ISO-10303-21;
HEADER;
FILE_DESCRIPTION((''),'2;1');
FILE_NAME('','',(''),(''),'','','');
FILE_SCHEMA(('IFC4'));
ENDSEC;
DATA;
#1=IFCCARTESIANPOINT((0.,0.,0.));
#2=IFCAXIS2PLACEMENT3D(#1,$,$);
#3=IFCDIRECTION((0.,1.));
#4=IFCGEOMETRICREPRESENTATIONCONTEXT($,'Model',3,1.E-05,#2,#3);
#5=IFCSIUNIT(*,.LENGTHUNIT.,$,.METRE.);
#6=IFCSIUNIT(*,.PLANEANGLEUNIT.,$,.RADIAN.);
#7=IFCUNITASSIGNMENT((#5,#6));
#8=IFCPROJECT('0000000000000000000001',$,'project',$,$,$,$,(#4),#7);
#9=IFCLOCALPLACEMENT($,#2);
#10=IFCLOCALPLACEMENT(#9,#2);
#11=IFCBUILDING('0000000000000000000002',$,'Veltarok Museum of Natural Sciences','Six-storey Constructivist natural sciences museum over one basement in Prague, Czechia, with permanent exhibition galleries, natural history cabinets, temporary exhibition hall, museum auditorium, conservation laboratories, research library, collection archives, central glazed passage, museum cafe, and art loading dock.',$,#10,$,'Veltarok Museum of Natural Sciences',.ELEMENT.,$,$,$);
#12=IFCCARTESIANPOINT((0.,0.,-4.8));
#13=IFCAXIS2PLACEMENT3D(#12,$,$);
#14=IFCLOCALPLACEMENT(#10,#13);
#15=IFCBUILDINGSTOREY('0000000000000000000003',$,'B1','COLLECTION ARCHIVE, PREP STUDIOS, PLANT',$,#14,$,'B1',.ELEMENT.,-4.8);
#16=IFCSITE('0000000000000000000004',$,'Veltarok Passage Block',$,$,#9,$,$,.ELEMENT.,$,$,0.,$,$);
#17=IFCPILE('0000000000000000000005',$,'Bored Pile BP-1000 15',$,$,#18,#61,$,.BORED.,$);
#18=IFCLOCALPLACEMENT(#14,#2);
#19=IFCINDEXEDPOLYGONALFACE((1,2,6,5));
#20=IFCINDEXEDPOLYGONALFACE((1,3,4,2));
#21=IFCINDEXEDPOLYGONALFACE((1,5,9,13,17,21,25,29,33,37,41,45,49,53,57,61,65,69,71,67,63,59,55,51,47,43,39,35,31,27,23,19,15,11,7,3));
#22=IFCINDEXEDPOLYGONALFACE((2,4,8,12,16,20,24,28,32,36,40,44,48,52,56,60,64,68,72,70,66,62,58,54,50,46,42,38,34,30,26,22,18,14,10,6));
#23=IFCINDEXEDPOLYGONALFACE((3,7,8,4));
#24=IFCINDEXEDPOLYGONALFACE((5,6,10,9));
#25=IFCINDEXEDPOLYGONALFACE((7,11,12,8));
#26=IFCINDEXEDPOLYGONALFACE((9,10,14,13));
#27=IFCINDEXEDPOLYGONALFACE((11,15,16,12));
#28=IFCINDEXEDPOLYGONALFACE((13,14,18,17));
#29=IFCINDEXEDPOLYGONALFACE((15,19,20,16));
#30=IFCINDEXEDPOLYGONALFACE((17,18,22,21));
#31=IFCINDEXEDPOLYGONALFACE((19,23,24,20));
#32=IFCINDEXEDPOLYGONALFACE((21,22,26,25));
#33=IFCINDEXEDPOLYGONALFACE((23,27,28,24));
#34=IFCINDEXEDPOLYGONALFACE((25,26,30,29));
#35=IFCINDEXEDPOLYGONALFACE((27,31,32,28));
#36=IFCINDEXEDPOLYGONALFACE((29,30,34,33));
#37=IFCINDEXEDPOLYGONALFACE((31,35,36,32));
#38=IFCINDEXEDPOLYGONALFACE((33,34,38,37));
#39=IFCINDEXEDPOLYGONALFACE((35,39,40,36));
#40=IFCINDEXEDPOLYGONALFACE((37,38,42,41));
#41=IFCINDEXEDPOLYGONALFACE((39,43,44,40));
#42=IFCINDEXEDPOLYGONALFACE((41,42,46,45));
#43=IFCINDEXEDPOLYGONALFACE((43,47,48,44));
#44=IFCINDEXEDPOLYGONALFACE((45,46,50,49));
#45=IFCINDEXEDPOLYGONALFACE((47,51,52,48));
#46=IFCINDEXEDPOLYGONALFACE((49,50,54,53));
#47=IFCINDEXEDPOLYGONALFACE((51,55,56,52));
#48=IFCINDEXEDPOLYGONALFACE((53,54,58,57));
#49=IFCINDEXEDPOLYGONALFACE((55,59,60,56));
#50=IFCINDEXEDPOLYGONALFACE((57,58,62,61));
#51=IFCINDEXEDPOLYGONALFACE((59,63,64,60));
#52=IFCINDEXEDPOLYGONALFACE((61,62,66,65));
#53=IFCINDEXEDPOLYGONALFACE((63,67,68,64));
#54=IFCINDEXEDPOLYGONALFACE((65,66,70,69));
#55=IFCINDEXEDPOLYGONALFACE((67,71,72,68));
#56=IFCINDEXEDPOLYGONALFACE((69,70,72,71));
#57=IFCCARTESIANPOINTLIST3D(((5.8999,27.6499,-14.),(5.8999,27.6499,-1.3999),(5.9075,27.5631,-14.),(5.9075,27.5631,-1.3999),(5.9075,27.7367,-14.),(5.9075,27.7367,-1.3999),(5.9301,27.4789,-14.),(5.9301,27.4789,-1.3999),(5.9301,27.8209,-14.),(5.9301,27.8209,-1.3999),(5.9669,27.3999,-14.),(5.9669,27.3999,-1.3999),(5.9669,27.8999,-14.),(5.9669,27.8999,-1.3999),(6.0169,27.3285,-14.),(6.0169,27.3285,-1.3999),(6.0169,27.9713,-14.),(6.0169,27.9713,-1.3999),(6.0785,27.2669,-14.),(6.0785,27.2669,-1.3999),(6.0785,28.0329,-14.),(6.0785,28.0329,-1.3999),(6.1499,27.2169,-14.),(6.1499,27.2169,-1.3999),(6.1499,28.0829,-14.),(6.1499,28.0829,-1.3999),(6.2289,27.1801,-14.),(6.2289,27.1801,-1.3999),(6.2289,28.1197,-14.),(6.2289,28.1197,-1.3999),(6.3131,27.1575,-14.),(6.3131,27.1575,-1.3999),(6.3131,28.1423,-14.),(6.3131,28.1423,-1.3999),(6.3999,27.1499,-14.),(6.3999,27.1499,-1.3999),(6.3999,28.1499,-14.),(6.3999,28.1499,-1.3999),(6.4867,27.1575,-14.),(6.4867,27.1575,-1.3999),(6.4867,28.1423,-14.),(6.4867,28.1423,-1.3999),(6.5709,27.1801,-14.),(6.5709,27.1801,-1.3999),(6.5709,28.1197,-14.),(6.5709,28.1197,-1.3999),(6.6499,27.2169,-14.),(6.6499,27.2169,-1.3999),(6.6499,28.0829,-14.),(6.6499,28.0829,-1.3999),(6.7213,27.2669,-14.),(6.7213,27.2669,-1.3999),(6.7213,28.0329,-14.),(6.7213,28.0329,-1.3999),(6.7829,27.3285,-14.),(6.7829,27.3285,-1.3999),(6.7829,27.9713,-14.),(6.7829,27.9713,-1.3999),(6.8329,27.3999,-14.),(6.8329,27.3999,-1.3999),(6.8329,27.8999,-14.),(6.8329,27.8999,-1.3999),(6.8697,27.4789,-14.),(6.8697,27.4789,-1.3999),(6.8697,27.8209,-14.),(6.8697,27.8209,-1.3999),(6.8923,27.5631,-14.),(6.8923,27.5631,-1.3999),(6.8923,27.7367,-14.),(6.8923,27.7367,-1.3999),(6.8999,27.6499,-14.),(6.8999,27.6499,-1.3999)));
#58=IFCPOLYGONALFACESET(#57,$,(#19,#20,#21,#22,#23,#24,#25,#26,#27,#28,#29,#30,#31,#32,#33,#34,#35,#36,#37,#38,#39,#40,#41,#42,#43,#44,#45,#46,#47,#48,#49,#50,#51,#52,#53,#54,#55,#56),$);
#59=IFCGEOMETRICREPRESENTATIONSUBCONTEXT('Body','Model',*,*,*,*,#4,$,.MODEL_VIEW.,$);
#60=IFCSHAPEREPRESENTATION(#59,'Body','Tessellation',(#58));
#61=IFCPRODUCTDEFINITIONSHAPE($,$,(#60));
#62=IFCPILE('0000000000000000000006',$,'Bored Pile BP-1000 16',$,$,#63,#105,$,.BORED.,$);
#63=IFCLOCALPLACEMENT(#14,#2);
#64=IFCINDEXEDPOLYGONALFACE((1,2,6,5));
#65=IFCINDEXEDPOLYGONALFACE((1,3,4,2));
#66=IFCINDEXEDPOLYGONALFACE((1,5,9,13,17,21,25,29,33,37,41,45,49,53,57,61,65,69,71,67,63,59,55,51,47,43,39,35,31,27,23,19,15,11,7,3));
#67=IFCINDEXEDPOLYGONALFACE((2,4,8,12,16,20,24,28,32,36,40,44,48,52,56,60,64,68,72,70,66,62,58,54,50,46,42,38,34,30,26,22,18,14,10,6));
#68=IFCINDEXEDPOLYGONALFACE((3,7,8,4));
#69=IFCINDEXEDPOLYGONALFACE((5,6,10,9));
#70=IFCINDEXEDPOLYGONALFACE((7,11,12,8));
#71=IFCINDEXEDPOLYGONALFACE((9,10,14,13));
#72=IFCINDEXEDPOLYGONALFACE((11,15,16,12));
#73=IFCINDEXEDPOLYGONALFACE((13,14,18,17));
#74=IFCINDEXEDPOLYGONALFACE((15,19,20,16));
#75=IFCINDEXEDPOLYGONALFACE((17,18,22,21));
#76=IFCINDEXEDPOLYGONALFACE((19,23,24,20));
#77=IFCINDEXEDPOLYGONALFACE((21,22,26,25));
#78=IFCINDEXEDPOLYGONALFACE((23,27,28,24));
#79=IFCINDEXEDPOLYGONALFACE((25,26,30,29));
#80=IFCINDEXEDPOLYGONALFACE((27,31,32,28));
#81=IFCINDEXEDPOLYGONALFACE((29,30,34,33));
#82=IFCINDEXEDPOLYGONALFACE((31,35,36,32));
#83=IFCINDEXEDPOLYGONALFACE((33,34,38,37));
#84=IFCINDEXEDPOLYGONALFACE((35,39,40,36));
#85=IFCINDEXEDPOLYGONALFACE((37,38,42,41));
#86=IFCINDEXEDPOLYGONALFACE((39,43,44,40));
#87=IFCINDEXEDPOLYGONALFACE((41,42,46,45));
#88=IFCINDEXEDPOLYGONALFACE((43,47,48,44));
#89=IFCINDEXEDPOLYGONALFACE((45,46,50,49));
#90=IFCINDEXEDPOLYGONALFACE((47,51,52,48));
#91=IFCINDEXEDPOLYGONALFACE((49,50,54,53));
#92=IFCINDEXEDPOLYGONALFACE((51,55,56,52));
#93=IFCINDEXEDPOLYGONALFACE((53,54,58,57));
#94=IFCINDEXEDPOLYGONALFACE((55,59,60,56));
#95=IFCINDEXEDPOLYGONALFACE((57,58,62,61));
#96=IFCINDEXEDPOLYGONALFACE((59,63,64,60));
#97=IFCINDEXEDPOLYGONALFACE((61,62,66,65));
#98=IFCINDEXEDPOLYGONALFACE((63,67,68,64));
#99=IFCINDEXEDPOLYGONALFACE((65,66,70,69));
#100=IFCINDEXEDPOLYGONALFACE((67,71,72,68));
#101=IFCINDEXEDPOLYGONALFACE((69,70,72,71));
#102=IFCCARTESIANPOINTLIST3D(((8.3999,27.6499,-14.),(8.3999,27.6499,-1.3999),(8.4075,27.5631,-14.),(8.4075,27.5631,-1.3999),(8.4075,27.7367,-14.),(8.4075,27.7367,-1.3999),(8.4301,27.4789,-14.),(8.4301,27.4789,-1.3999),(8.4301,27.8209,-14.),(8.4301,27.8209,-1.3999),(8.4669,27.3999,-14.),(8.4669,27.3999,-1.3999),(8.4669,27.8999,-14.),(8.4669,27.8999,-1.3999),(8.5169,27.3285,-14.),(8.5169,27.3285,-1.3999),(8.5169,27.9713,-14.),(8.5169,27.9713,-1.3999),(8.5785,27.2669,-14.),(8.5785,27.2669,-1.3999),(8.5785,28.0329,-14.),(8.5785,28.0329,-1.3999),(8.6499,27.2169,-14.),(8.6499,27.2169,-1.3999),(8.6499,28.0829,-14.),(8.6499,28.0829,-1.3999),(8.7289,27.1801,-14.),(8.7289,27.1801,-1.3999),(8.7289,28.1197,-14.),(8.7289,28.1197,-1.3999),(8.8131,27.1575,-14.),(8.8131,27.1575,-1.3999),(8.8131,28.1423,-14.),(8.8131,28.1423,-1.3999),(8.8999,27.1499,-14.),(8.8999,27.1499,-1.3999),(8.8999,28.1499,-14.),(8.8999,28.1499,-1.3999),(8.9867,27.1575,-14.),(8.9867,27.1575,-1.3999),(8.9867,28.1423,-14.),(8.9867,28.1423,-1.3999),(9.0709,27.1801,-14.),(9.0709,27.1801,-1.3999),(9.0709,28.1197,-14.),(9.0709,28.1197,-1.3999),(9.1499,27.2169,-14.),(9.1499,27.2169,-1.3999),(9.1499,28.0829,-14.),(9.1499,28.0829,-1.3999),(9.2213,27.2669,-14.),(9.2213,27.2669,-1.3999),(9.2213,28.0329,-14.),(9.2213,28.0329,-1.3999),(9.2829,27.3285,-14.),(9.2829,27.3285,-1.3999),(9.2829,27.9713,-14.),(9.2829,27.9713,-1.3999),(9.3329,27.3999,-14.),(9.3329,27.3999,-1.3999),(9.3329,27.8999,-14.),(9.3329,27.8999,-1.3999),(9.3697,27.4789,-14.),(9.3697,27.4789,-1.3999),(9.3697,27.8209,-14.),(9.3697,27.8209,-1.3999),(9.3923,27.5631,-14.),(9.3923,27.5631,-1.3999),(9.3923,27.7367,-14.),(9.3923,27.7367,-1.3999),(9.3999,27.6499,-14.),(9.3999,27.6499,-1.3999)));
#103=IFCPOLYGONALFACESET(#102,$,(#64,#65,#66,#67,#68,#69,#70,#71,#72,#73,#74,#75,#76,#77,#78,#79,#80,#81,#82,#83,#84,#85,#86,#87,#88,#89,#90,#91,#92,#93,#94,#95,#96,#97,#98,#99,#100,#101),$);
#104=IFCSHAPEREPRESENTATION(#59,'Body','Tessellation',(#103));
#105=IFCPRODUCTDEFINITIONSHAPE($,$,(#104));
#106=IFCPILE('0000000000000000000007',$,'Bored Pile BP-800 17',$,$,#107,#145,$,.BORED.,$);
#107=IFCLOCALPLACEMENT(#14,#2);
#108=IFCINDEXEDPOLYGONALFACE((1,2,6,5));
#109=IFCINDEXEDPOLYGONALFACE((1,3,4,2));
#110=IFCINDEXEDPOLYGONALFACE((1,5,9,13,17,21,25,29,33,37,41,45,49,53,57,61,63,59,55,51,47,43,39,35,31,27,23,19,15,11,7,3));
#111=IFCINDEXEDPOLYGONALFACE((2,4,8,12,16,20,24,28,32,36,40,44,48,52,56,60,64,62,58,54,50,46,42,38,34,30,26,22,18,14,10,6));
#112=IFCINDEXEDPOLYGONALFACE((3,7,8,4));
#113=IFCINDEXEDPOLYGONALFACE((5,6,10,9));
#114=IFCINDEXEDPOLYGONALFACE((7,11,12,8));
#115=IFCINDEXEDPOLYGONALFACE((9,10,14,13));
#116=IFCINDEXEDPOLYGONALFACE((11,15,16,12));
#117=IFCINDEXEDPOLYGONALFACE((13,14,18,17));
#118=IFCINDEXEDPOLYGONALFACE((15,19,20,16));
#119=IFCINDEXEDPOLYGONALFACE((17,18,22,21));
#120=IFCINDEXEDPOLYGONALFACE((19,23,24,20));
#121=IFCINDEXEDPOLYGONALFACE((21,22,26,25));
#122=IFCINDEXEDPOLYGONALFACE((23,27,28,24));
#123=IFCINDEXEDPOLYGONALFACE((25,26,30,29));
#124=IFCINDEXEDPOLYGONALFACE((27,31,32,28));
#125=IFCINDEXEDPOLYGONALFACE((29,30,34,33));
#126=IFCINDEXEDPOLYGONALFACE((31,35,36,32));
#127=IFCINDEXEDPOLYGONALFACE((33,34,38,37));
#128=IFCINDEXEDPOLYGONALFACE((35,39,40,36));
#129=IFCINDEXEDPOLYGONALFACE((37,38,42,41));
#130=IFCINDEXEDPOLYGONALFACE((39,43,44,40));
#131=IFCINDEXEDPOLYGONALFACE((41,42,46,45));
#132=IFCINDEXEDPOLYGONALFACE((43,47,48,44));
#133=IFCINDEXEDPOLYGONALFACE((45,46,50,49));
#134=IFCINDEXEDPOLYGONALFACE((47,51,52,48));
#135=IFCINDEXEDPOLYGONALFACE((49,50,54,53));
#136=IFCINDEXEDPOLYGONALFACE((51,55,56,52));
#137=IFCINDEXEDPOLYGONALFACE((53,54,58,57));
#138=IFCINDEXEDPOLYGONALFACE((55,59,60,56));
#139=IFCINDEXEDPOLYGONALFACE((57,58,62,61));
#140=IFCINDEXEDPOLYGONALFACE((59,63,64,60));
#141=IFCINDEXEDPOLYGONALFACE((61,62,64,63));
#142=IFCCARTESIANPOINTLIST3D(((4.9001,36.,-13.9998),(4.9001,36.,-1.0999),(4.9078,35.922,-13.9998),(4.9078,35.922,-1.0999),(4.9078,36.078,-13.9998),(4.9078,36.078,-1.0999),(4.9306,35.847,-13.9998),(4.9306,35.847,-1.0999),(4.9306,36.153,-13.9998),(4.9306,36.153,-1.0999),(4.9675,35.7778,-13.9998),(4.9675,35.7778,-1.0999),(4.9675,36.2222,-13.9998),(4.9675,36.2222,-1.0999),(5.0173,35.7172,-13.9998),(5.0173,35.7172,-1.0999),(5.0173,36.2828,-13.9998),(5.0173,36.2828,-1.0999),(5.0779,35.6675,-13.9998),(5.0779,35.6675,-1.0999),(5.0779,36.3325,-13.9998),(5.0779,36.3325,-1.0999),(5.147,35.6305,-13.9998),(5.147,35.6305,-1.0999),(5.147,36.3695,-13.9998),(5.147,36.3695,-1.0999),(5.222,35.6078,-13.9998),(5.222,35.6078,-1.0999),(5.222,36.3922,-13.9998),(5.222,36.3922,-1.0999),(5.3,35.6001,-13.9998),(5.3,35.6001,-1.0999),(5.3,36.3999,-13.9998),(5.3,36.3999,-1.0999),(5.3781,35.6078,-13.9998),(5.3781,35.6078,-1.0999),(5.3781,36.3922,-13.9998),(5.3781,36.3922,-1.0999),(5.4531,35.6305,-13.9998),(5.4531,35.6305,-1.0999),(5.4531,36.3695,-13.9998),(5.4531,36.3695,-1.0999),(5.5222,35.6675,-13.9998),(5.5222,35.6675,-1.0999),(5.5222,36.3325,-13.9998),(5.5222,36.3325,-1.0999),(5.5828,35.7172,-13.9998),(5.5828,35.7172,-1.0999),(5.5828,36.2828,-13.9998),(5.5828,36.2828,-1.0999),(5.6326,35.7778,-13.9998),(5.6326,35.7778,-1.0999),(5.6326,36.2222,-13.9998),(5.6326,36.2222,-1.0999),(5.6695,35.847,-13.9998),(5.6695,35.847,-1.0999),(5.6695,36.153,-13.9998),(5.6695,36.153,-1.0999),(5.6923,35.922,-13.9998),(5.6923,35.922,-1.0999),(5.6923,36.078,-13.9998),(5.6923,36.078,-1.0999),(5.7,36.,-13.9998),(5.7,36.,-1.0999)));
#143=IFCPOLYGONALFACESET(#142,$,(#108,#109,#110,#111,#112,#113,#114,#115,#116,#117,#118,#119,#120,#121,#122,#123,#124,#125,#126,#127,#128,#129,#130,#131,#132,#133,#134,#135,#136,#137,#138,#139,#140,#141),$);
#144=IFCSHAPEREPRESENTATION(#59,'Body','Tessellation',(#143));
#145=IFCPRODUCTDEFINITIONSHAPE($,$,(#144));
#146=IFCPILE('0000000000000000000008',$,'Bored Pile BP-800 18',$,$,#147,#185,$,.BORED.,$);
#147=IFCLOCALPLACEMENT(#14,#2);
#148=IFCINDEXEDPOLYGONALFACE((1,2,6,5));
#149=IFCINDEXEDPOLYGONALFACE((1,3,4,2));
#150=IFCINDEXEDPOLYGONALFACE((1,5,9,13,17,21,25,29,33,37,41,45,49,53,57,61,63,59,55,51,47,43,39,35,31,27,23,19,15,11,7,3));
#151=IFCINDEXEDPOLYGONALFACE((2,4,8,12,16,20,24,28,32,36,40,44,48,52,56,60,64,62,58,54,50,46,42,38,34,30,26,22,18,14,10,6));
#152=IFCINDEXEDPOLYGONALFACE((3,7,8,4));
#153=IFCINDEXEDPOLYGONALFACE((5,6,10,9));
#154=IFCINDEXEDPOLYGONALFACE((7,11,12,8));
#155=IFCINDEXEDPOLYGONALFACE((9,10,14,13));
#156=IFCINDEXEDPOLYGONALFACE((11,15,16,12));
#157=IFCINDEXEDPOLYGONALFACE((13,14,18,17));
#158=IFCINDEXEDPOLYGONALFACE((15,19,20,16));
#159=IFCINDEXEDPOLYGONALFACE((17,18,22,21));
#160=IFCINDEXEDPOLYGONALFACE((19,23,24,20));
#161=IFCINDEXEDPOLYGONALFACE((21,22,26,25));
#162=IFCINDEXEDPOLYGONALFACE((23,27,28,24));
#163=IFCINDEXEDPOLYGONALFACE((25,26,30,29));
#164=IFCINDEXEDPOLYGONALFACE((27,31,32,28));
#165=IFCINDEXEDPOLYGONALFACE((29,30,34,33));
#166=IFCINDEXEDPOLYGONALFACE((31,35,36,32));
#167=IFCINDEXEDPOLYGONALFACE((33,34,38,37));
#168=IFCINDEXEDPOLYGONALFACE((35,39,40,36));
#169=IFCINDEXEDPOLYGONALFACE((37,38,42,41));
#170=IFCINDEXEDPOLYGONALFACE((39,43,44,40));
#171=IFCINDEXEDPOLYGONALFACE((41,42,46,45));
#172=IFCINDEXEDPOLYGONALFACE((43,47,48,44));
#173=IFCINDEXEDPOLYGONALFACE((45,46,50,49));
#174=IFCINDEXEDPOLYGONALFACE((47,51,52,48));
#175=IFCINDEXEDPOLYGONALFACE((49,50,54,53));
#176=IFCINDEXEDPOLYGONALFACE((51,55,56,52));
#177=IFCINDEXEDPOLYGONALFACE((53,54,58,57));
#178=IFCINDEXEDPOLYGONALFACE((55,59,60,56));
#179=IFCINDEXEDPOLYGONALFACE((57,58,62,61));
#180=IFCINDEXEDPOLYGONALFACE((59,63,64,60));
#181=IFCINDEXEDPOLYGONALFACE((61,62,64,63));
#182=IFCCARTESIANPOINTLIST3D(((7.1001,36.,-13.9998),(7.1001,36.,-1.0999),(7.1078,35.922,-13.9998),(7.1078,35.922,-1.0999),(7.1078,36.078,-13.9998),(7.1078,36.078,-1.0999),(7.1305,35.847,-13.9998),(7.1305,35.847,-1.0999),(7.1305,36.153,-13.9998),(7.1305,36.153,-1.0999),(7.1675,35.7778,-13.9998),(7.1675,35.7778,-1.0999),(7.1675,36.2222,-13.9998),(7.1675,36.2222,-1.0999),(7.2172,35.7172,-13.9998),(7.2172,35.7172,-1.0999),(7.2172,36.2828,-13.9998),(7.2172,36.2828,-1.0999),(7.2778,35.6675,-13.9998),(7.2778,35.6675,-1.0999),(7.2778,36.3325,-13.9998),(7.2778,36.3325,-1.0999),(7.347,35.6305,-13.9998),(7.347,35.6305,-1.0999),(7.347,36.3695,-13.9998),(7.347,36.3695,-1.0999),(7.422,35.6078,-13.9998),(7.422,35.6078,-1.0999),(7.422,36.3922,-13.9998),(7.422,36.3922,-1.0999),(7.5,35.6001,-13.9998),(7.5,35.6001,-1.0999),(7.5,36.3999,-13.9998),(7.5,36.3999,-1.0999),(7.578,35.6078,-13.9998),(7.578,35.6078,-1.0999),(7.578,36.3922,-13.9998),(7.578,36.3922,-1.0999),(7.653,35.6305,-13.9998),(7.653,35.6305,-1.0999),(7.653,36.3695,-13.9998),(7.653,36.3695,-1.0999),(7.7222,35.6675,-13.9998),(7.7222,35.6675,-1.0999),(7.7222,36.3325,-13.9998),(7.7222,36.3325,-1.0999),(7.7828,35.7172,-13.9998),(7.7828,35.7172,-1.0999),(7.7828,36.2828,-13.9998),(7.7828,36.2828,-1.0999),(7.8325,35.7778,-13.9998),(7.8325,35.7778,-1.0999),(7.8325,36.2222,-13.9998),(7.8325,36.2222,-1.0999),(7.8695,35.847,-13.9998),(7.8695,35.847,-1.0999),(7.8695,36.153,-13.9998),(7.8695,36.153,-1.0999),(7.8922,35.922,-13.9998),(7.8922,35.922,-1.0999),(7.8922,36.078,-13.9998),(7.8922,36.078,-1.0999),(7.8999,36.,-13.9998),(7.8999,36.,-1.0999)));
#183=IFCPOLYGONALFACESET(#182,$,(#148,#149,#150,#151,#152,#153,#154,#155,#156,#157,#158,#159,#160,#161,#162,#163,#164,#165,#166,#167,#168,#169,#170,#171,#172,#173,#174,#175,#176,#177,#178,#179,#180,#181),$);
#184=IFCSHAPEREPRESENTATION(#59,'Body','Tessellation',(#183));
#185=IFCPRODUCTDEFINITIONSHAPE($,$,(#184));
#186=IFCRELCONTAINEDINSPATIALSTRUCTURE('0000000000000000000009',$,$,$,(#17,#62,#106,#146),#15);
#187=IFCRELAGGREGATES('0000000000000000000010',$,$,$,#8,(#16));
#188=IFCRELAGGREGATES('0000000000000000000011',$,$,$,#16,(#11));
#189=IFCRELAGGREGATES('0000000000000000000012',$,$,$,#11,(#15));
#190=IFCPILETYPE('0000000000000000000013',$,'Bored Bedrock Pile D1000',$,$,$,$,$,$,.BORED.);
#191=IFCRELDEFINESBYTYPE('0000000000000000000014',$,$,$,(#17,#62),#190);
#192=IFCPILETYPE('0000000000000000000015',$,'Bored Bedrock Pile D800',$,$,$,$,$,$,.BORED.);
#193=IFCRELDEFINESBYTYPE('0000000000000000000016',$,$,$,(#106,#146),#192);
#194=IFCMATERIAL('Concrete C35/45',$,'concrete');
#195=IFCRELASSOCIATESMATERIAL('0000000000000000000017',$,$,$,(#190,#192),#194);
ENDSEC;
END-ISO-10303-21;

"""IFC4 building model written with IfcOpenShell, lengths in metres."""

from ifc_helpers import new_model, si_unit, direction, frame, origin, origin_2d, place, context, subcontext, project, spatial, circle, extrude, material, material_profile, profile_set, type_object, element, save


model = new_model("IFC4")

# Units and contexts
model_context = context("Model", 3, precision=1e-05, world=origin(), true_north=direction((0.0, 1.0)))
body_context = subcontext(model_context, "Body", "Model", "MODEL_VIEW")
ifc_project = project(units=[si_unit("LENGTHUNIT", "METRE"), si_unit("PLANEANGLEUNIT", "RADIAN")], contexts=[model_context])

# Site, building, storey
site_placement = place(None, origin())
site = spatial("IfcSite", under=ifc_project, at=site_placement, Name="Veltarok Passage Block", CompositionType="ELEMENT", RefElevation=0.0)
building_placement = place(site_placement, origin())
building = spatial("IfcBuilding", under=site, at=building_placement, Name="Veltarok Museum of Natural Sciences", Description="Six-storey Constructivist natural sciences museum over one basement in Prague, Czechia, with permanent exhibition galleries, natural history cabinets, temporary exhibition hall, museum auditorium, conservation laboratories, research library, collection archives, central glazed passage, museum cafe, and art loading dock.", LongName="Veltarok Museum of Natural Sciences", CompositionType="ELEMENT")
storey_placement = place(building_placement, frame((0.0, 0.0, -4.8)))
storey = spatial("IfcBuildingStorey", under=building, at=storey_placement, Name="B1", Description="COLLECTION ARCHIVE, PREP STUDIOS, PLANT", LongName="B1", CompositionType="ELEMENT", Elevation=-4.8)

# Piles
ifc_material_1 = material(Name="Concrete C35/45", Category="concrete")
ifc_material_profile_1 = material_profile(ifc_material_1, circle(Radius=0.5, at=origin_2d()), Name="BP D1000")
ifc_profile_set_1 = profile_set([ifc_material_profile_1], Name="Concrete C35/45")
pile_type_1 = type_object("IfcPileType", Name="Bored Bedrock Pile D1000", PredefinedType="BORED", material=ifc_profile_set_1)
for number, where, z_axis, x_axis, name in (
    (1, (6.3999, 27.6499, -1.3999), (0.0, 0.0, -1.0), (1.0, 0.0, 0.0), "Bored Pile BP-1000 15"),
    (2, (8.8999, 27.6499, -1.3999), (0.0, 0.0, -1.0), (1.0, 0.0, 0.0), "Bored Pile BP-1000 16"),
):
    element("IfcPile", number, at=place(storey_placement, frame(where, z_axis=z_axis, x_axis=x_axis)), inside=storey, type_object=pile_type_1, Name=name, PredefinedType="BORED", context=body_context, shape_type="SweptSolid", body=[
        extrude(circle(Radius=0.5, at=origin_2d()), origin(), (0.0, 0.0, 1.0), 12.6001),
    ])
ifc_material_profile_2 = material_profile(ifc_material_1, circle(Radius=0.3999, at=origin_2d()), Name="BP D800")
ifc_profile_set_2 = profile_set([ifc_material_profile_2], Name="Concrete C35/45")
pile_type_2 = type_object("IfcPileType", Name="Bored Bedrock Pile D800", PredefinedType="BORED", material=ifc_profile_set_2)
for number, where, z_axis, x_axis, name in (
    (3, (5.3, 36.0, -1.0999), (0.0, 0.0, -1.0), (1.0, 0.0, 0.0), "Bored Pile BP-800 17"),
    (4, (7.5, 36.0, -1.0999), (0.0, 0.0, -1.0), (1.0, 0.0, 0.0), "Bored Pile BP-800 18"),
):
    element("IfcPile", number, at=place(storey_placement, frame(where, z_axis=z_axis, x_axis=x_axis)), inside=storey, type_object=pile_type_2, Name=name, PredefinedType="BORED", context=body_context, shape_type="SweptSolid", body=[
        extrude(circle(Radius=0.3999, at=origin_2d()), origin(), (0.0, 0.0, 1.0), 12.8999),
    ])

save(model, "model.ifc")
